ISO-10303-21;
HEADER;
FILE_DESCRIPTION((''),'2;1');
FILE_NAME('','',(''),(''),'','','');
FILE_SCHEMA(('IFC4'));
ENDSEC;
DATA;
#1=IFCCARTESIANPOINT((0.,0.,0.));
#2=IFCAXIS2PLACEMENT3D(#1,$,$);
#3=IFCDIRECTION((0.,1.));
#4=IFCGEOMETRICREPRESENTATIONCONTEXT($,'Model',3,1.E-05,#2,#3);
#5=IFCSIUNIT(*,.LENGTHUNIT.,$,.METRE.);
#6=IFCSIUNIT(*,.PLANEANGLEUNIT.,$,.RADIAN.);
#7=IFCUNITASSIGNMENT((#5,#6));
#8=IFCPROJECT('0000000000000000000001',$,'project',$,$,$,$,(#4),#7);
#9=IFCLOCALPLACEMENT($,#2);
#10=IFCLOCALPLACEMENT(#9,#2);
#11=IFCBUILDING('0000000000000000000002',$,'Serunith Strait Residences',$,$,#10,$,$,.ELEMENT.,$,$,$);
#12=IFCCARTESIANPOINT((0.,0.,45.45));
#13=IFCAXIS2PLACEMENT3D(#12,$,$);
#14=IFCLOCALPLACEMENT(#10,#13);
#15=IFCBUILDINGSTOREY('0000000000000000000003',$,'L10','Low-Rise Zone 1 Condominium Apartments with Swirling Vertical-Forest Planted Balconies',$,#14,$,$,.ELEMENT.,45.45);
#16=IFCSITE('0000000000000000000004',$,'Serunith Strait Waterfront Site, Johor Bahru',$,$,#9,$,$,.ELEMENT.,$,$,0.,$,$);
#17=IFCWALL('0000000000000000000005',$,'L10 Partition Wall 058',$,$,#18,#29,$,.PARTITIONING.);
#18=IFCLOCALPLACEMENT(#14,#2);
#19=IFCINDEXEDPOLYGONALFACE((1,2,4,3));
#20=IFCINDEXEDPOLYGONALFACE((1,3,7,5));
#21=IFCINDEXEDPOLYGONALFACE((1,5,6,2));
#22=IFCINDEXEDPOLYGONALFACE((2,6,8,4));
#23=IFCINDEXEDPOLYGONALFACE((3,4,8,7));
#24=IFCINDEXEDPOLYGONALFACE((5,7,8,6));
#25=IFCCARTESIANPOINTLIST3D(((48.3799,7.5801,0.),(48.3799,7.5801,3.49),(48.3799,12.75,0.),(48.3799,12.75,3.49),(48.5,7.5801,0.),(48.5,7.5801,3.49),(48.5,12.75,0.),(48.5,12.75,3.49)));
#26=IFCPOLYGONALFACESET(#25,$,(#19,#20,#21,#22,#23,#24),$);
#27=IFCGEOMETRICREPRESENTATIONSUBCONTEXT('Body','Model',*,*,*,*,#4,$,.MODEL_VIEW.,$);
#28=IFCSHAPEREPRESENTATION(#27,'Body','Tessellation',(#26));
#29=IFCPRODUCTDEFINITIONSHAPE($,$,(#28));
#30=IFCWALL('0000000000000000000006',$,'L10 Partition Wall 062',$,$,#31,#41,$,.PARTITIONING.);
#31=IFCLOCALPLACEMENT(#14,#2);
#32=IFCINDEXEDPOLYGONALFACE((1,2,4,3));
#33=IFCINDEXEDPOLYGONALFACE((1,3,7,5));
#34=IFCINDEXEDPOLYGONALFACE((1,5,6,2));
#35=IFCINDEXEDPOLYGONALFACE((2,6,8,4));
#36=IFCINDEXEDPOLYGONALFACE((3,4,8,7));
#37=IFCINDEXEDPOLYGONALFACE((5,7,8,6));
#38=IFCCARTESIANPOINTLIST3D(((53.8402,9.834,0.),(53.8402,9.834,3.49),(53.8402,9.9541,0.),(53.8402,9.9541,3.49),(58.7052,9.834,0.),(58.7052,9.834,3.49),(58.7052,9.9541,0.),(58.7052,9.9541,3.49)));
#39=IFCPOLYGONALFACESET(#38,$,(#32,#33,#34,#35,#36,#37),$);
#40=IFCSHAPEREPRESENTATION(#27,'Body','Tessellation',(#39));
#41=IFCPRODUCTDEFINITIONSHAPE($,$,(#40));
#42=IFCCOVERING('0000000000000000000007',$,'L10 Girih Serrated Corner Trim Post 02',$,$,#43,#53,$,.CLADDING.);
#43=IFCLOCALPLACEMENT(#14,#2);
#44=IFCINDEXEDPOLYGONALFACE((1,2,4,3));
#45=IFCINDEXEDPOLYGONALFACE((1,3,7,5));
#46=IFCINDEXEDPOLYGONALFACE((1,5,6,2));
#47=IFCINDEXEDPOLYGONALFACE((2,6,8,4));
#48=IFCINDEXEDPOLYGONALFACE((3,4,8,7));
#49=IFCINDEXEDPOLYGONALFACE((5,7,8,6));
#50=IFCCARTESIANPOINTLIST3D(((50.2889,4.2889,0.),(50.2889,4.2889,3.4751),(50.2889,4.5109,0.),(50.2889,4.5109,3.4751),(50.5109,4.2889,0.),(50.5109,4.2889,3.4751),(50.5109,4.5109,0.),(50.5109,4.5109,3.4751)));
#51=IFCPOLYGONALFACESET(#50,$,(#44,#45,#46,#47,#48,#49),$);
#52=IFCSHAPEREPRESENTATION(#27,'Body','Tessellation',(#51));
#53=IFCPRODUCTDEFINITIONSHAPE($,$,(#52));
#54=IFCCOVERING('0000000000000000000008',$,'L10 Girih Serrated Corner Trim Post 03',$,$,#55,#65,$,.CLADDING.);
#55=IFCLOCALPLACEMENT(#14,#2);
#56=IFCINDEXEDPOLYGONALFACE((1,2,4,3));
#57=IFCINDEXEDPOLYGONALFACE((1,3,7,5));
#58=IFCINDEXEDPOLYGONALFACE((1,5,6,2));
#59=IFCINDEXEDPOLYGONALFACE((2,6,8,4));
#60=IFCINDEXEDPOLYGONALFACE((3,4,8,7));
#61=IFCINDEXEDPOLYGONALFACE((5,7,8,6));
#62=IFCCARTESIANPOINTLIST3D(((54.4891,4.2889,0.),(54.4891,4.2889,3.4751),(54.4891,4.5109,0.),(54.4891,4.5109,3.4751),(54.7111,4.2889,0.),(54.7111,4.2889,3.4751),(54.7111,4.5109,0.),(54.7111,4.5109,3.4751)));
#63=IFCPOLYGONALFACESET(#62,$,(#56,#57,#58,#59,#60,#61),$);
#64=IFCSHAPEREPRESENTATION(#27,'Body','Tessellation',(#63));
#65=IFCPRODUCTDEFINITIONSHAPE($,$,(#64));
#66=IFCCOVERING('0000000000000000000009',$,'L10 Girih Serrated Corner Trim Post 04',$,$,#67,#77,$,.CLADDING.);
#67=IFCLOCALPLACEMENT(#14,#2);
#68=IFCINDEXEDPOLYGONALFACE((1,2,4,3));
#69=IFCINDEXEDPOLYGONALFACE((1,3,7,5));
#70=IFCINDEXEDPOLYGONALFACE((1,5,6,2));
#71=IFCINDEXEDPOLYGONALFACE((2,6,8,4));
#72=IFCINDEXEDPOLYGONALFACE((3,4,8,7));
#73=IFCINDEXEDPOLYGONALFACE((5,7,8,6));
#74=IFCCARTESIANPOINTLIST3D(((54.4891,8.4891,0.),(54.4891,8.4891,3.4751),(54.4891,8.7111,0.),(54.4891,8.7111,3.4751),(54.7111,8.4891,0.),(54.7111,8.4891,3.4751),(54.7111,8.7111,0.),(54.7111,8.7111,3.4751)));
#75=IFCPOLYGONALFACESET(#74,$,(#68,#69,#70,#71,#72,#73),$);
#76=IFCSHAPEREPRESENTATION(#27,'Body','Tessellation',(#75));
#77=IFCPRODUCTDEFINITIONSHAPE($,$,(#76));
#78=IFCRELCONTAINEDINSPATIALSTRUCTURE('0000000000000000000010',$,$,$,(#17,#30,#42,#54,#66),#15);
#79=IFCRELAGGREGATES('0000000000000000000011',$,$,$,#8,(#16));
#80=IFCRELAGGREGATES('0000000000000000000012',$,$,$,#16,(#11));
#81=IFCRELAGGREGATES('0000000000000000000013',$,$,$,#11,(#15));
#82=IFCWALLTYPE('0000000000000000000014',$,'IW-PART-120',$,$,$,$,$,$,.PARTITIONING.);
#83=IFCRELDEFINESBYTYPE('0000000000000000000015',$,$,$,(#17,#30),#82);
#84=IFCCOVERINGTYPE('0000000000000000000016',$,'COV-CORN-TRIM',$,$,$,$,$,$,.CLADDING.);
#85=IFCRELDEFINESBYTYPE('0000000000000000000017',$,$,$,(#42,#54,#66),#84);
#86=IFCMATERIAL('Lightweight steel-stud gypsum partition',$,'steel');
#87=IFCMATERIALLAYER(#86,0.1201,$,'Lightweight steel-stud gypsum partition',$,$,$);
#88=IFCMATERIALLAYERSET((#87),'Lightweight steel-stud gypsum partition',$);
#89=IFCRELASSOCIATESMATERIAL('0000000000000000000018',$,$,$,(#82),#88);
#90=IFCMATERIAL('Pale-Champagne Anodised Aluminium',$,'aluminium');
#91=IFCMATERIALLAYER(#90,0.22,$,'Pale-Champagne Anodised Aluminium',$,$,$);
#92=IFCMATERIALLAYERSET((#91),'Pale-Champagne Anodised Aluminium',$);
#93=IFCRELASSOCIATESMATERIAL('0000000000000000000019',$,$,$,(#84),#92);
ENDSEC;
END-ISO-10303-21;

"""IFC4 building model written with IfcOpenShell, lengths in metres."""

from ifc_helpers import new_model, si_unit, direction, frame, frame_2d, origin, origin_2d, place, context, subcontext, project, spatial, rectangle, extrude, source, transform, mapped, material, layer, layer_set, type_object, element, save


model = new_model("IFC4")

# Units and contexts
model_context = context("Model", 3, precision=1e-05, world=origin(), true_north=direction((0.0, 1.0)))
body_context = subcontext(model_context, "Body", "Model", "MODEL_VIEW")
ifc_project = project(units=[si_unit("LENGTHUNIT", "METRE"), si_unit("PLANEANGLEUNIT", "RADIAN")], contexts=[model_context])

# Site, building, storey
site_placement = place(None, origin())
site = spatial("IfcSite", under=ifc_project, at=site_placement, Name="Serunith Strait Waterfront Site, Johor Bahru", CompositionType="ELEMENT", RefElevation=0.0)
building_placement = place(site_placement, origin())
building = spatial("IfcBuilding", under=site, at=building_placement, Name="Serunith Strait Residences", CompositionType="ELEMENT")
storey_placement = place(building_placement, frame((0.0, 0.0, 45.45)))
storey = spatial("IfcBuildingStorey", under=building, at=storey_placement, Name="L10", Description="Low-Rise Zone 1 Condominium Apartments with Swirling Vertical-Forest Planted Balconies", CompositionType="ELEMENT", Elevation=45.45)

# Shared definitions
ifc_material_1 = material(Name="Pale-Champagne Anodised Aluminium", Category="aluminium")

# Shared definitions
ifc_material_2 = material(Name="Lightweight steel-stud gypsum partition", Category="steel")
ifc_layer_1 = layer(ifc_material_2, 0.1201, Name="Lightweight steel-stud gypsum partition")
ifc_layer_set_1 = layer_set([ifc_layer_1], Name="Lightweight steel-stud gypsum partition")
wall_type_1 = type_object("IfcWallType", Name="IW-PART-120", PredefinedType="PARTITIONING", material=ifc_layer_set_1)

# Walls
wall_1_placement = place(storey_placement, frame((48.4399, 7.5801, 0.0), z_axis=(0.0, 0.0, 1.0), x_axis=(0.0, 1.0, 0.0)))
element("IfcWall", 1, at=wall_1_placement, inside=storey, type_object=wall_type_1, Name="L10 Partition Wall 058", PredefinedType="PARTITIONING", context=body_context, shape_type="SweptSolid", body=[
    extrude(rectangle(XDim=5.1699, YDim=0.1201, at=frame_2d((2.585, 0.0))), origin(), (0.0, 0.0, 1.0), 3.49),
])
wall_2_placement = place(storey_placement, frame((53.8401, 9.894, 0.0), z_axis=(0.0, 0.0, 1.0), x_axis=(1.0, 0.0, 0.0)))
element("IfcWall", 2, at=wall_2_placement, inside=storey, type_object=wall_type_1, Name="L10 Partition Wall 062", PredefinedType="PARTITIONING", context=body_context, shape_type="SweptSolid", body=[
    extrude(rectangle(XDim=4.865, YDim=0.1201, at=frame_2d((2.4326, 0.0))), origin(), (0.0, 0.0, 1.0), 3.49),
])

# Coverings
ifc_layer_2 = layer(ifc_material_1, 0.22, Name="Pale-Champagne Anodised Aluminium")
ifc_layer_set_2 = layer_set([ifc_layer_2], Name="Pale-Champagne Anodised Aluminium")
covering_type = type_object("IfcCoveringType", Name="COV-CORN-TRIM", PredefinedType="CLADDING", material=ifc_layer_set_2)
shared_shape_1 = source(origin(), body_context, "Body", "SweptSolid", [
    extrude(rectangle(XDim=0.2219, YDim=0.2219, at=origin_2d()), origin(), (0.0, 0.0, 1.0), 3.4751),
])
for number, where, z_axis, x_axis, name in (
    (3, (50.3999, 4.3999, 0.0), (0.0, 0.0, 1.0), (1.0, 0.0, 0.0), "L10 Girih Serrated Corner Trim Post 02"),
    (4, (54.6001, 4.3999, 0.0), (0.0, 0.0, 1.0), (1.0, 0.0, 0.0), "L10 Girih Serrated Corner Trim Post 03"),
    (5, (54.6001, 8.6001, 0.0), (0.0, 0.0, 1.0), (1.0, 0.0, 0.0), "L10 Girih Serrated Corner Trim Post 04"),
):
    element("IfcCovering", number, at=place(storey_placement, frame(where, z_axis=z_axis, x_axis=x_axis)), inside=storey, type_object=covering_type, Name=name, PredefinedType="CLADDING", context=body_context, shape_type="MappedRepresentation", body=[
        mapped(shared_shape_1, transform((0.0, 0.0, 0.0), scale=1.0)),
    ])

save(model, "model.ifc")
